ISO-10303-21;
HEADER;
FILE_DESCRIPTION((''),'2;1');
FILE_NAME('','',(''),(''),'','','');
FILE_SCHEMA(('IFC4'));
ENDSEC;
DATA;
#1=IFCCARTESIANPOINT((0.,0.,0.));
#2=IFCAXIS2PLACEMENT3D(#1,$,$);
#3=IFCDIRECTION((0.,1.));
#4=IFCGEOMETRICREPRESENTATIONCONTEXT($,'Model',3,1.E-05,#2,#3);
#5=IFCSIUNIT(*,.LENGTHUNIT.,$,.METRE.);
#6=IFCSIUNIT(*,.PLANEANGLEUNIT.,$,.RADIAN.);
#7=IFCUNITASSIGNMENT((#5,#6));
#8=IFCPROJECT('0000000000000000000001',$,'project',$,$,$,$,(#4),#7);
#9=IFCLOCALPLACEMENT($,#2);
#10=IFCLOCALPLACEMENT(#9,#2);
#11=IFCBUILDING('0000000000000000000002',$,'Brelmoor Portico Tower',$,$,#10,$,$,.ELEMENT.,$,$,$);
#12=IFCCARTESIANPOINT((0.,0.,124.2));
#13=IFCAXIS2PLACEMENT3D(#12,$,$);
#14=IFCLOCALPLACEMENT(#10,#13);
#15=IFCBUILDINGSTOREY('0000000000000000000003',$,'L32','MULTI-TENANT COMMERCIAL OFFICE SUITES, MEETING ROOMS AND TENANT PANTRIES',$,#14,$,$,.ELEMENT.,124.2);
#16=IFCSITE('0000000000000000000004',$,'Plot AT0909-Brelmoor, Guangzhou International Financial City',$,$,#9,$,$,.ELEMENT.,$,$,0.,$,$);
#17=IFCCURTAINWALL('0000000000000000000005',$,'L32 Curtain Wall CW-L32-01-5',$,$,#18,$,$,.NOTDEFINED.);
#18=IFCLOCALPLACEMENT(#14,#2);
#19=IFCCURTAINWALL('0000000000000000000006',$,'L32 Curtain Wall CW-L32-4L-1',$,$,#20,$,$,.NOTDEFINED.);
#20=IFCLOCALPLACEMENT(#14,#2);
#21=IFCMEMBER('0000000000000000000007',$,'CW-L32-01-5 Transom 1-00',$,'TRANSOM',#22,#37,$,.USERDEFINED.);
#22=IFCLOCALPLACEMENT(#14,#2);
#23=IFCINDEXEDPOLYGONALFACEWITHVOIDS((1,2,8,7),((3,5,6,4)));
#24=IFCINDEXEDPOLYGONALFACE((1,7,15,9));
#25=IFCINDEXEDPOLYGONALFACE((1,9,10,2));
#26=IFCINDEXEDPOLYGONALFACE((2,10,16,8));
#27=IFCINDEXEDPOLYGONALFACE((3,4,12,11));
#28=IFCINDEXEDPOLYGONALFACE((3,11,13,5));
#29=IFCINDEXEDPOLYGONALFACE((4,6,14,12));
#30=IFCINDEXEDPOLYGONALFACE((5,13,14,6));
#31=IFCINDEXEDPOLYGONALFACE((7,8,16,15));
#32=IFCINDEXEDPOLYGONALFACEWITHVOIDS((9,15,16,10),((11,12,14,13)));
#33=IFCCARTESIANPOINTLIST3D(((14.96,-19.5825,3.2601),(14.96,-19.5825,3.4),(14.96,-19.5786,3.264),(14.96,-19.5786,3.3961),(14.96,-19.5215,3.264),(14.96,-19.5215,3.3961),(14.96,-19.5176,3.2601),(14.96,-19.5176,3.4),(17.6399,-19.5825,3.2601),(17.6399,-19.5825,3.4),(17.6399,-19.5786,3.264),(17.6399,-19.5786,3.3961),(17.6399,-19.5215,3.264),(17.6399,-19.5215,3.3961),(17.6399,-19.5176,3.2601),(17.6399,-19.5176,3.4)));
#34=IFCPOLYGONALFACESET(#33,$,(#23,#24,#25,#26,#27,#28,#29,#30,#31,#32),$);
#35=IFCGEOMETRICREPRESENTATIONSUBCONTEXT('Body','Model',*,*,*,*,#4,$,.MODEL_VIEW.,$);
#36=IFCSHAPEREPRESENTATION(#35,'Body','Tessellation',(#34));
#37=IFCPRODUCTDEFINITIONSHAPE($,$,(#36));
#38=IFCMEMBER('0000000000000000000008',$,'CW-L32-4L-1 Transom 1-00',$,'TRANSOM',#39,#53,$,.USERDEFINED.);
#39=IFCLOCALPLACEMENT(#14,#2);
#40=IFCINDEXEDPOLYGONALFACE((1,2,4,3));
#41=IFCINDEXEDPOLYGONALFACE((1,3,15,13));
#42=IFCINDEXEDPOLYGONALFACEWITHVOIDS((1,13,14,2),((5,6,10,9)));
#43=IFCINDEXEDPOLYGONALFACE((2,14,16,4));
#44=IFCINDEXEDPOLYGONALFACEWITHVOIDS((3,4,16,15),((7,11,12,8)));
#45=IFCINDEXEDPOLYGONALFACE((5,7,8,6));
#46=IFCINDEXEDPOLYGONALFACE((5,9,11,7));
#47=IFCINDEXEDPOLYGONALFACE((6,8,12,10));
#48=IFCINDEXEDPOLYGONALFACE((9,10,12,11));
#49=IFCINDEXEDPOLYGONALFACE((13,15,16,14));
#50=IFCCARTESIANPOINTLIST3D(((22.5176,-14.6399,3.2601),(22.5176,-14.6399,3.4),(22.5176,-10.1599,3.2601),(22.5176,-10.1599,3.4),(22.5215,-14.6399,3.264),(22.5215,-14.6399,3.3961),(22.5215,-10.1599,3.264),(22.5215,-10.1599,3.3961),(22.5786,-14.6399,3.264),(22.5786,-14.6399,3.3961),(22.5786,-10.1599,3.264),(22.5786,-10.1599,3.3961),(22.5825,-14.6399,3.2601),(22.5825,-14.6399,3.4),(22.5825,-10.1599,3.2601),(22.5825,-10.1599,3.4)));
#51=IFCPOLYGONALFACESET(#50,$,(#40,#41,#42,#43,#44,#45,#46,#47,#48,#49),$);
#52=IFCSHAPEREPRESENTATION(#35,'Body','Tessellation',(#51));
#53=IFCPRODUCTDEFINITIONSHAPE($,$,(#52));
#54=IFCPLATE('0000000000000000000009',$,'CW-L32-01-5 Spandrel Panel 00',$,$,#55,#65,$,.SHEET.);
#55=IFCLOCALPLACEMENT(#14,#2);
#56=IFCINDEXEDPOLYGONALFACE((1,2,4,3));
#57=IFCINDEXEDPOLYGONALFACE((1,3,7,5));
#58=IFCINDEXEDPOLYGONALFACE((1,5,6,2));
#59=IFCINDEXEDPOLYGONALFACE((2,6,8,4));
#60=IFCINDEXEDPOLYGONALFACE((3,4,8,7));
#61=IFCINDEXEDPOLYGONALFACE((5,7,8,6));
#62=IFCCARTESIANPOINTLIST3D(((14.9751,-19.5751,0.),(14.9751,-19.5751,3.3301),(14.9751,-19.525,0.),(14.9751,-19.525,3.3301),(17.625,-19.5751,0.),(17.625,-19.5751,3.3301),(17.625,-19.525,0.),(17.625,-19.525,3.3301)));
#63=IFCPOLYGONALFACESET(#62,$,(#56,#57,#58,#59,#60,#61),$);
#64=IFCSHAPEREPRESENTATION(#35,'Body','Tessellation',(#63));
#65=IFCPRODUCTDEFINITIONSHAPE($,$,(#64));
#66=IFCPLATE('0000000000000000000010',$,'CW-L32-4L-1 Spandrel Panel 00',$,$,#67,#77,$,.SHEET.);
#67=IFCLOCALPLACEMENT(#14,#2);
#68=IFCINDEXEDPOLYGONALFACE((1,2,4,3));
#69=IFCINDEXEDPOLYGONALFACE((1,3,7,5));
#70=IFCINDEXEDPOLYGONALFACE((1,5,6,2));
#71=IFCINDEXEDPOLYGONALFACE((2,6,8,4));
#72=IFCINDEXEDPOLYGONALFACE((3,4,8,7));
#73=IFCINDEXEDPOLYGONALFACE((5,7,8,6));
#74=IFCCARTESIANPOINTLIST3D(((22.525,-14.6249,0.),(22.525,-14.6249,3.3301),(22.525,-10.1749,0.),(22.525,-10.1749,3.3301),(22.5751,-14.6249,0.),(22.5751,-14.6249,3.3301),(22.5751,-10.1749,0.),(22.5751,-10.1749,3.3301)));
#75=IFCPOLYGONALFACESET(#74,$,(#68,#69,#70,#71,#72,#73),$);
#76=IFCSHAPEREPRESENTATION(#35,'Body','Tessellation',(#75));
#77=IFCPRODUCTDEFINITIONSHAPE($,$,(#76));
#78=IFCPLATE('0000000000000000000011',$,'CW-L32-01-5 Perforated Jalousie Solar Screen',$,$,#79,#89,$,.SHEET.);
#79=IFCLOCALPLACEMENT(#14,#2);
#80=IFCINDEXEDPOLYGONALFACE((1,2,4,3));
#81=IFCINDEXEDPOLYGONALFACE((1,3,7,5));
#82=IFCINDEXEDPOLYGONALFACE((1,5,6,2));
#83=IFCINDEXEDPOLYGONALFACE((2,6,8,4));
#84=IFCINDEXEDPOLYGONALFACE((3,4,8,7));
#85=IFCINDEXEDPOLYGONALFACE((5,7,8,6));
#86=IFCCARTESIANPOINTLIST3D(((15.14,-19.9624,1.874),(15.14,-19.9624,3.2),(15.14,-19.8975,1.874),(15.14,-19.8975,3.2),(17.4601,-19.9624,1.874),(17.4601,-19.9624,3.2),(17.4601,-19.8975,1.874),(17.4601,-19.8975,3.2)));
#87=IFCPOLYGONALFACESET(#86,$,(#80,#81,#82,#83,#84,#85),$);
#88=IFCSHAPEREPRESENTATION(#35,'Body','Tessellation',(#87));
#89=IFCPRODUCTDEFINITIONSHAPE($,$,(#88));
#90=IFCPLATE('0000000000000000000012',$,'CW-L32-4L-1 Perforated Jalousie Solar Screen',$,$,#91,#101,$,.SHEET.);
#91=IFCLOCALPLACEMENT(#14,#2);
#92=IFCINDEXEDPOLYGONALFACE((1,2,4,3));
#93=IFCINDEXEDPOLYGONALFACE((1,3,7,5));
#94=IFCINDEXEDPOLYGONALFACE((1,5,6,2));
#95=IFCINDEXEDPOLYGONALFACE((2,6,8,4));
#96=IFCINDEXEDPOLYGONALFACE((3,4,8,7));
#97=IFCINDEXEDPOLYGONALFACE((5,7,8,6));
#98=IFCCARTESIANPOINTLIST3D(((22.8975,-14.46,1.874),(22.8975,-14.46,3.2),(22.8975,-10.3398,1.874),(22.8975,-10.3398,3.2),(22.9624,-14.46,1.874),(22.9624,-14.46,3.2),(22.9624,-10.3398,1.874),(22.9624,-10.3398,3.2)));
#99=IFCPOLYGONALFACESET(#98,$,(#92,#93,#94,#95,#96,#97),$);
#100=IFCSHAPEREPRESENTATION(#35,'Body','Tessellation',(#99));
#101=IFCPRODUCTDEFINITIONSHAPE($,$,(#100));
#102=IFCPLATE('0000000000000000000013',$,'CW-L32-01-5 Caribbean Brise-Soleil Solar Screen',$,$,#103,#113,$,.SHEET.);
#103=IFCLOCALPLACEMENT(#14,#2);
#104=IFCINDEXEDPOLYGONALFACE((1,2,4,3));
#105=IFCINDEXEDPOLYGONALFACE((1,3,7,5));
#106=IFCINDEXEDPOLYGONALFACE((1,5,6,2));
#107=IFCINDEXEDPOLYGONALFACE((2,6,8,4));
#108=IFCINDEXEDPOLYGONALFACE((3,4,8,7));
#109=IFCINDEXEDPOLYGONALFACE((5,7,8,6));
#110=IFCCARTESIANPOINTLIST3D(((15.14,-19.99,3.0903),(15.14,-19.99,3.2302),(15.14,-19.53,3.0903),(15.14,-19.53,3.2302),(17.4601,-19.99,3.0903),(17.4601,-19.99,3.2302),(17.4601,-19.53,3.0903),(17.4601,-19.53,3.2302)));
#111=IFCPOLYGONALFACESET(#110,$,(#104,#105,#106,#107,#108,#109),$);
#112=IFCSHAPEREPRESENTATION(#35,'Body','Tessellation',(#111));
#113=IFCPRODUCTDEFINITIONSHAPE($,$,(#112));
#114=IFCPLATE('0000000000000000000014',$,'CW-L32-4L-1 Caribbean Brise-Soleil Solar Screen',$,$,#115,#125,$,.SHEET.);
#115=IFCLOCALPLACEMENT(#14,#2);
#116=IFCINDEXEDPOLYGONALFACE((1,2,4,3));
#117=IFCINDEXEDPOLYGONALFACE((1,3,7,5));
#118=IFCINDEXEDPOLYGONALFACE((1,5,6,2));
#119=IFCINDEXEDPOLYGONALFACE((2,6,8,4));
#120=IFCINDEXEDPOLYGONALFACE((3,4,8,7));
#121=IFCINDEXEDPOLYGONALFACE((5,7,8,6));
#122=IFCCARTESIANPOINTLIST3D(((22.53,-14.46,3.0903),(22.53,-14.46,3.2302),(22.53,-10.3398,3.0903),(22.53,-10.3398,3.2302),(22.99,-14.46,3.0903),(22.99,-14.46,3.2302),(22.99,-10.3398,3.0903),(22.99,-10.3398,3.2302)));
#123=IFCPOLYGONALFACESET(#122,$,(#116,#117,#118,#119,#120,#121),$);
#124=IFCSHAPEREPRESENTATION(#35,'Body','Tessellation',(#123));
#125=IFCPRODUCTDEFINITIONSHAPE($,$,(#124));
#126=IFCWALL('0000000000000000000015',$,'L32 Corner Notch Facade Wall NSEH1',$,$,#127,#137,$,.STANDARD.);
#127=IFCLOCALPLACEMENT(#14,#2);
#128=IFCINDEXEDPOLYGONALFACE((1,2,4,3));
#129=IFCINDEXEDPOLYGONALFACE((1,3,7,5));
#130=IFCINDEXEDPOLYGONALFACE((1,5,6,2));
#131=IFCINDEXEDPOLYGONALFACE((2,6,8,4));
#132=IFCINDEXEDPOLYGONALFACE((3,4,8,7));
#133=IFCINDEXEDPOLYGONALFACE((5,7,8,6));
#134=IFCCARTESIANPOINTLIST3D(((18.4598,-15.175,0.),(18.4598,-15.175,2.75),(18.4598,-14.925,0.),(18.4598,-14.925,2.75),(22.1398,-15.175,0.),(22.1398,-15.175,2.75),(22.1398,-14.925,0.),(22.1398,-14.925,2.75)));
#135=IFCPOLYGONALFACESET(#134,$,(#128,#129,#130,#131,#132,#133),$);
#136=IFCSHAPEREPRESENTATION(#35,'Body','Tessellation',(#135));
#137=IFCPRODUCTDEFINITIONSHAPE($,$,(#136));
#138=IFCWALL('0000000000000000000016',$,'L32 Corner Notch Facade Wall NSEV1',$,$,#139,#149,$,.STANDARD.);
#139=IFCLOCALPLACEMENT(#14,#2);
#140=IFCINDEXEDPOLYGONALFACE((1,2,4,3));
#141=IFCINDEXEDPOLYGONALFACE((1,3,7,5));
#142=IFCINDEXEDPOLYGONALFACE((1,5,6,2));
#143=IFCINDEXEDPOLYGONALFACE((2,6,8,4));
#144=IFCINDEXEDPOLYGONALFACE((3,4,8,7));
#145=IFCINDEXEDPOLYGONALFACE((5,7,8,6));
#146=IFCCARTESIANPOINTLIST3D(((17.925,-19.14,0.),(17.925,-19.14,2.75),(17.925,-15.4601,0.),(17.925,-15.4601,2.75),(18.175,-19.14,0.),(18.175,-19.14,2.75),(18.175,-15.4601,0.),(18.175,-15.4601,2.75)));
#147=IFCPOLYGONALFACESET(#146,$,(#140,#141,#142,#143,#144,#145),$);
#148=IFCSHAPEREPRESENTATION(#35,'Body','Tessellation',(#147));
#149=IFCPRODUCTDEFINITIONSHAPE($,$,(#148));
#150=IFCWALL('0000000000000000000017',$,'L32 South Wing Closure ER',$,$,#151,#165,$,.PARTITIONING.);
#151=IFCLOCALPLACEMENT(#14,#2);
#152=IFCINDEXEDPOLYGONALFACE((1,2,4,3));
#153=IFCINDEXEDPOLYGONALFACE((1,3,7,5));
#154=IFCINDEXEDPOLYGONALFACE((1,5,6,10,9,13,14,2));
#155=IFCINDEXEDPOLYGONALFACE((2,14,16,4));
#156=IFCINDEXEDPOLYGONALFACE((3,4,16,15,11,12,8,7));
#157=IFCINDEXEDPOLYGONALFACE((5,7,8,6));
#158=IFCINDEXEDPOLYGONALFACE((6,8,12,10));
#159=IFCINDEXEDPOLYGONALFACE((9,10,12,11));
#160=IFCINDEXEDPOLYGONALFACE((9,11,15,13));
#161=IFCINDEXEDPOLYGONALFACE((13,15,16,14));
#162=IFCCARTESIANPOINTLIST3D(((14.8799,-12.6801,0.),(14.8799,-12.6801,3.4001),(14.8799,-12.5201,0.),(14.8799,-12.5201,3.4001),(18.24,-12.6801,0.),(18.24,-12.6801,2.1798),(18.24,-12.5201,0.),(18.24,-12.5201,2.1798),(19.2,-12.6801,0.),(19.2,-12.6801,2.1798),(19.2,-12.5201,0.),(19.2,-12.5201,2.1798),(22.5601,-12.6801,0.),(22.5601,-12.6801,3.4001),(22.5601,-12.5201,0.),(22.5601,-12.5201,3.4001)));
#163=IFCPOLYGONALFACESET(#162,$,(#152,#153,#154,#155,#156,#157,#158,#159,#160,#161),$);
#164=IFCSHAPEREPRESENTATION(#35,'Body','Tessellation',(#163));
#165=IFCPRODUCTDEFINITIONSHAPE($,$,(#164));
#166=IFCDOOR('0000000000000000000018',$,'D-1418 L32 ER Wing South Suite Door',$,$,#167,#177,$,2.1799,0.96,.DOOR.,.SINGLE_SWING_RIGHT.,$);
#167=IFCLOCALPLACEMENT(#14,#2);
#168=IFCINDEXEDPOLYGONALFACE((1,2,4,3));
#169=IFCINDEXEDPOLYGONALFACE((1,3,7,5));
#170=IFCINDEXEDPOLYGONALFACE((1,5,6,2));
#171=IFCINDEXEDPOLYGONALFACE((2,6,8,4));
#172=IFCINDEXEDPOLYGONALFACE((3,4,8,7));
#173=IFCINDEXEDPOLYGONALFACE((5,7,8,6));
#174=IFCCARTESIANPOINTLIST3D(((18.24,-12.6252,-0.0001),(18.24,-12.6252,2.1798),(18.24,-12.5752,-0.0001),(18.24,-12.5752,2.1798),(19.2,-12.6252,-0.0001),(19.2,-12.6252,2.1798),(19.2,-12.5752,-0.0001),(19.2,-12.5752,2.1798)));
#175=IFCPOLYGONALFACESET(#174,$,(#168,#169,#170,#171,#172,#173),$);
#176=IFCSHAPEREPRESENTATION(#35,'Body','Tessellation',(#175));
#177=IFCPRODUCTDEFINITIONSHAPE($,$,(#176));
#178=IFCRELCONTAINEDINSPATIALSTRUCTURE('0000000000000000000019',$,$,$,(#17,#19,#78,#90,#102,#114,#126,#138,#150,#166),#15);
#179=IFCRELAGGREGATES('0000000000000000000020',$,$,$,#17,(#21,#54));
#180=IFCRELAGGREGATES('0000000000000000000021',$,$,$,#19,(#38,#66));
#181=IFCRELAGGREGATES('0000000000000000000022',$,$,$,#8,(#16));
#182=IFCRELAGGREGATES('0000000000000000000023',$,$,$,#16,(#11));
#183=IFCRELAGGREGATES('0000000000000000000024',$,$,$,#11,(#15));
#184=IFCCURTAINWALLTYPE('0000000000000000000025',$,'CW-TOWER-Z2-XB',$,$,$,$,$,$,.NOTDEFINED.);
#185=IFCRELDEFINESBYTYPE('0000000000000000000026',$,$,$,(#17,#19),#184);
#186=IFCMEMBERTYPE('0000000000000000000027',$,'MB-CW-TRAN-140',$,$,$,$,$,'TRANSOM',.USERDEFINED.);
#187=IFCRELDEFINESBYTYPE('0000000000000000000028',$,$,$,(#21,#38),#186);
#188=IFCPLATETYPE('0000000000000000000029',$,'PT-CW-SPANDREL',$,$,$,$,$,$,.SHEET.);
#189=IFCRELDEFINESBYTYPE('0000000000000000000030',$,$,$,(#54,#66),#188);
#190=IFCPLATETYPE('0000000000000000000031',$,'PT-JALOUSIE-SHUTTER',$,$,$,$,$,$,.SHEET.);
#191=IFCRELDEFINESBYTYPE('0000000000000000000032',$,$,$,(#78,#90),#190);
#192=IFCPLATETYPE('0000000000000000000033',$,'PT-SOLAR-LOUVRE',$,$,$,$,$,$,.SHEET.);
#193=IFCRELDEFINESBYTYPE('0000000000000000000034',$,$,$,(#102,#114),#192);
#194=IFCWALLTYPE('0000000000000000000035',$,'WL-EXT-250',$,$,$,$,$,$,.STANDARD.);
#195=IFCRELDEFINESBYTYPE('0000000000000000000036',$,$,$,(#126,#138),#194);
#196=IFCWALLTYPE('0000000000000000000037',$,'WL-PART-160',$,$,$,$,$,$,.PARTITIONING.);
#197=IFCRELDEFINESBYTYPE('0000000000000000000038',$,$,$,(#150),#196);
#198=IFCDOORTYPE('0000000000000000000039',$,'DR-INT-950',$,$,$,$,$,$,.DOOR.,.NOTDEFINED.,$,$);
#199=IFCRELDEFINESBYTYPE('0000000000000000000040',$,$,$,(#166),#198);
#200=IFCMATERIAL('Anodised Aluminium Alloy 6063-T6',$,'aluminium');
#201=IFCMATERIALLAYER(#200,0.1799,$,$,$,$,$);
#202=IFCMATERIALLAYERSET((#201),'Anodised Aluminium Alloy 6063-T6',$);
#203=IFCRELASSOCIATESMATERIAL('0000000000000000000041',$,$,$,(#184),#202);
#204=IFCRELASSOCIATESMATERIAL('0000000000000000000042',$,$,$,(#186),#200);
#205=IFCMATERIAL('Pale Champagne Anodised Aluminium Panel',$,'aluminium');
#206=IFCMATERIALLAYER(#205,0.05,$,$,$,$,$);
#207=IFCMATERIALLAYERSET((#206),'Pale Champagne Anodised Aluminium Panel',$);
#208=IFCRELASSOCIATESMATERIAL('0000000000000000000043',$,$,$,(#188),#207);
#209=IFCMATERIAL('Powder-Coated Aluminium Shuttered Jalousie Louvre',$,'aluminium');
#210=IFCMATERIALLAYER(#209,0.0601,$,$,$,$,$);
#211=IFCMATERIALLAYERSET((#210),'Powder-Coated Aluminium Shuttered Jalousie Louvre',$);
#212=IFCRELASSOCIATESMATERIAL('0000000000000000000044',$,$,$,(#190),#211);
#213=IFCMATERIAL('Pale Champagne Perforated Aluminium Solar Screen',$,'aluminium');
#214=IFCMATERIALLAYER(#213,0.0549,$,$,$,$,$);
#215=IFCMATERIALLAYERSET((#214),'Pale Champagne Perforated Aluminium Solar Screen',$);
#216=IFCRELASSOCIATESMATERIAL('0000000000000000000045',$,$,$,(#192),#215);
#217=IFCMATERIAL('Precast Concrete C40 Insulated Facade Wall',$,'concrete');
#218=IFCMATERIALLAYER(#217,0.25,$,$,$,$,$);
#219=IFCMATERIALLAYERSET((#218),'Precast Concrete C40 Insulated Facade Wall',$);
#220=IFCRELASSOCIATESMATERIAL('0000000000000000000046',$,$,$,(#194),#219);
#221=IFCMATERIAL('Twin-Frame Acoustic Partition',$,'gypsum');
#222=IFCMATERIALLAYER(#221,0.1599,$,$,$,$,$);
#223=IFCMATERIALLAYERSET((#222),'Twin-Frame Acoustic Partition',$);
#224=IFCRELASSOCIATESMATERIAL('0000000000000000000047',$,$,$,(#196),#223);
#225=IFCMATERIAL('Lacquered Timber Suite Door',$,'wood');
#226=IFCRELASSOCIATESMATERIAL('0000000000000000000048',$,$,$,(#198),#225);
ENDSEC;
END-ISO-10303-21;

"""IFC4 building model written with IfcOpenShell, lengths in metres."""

from ifc_helpers import new_model, si_unit, direction, frame, frame_2d, origin, origin_2d, place, context, subcontext, project, spatial, rectangle, hollow_rectangle, extrude, material, layer, layer_set, material_profile, profile_set, type_object, element, fill, aggregate, save


model = new_model("IFC4")

# Units and contexts
model_context = context("Model", 3, precision=1e-05, world=origin(), true_north=direction((0.0, 1.0)))
body_context = subcontext(model_context, "Body", "Model", "MODEL_VIEW")
ifc_project = project(units=[si_unit("LENGTHUNIT", "METRE"), si_unit("PLANEANGLEUNIT", "RADIAN")], contexts=[model_context])

# Site, building, storey
site_placement = place(None, origin())
site = spatial("IfcSite", under=ifc_project, at=site_placement, Name="Plot AT0909-Brelmoor, Guangzhou International Financial City", CompositionType="ELEMENT", RefElevation=0.0)
building_placement = place(site_placement, origin())
building = spatial("IfcBuilding", under=site, at=building_placement, Name="Brelmoor Portico Tower", CompositionType="ELEMENT")
storey_placement = place(building_placement, frame((0.0, 0.0, 124.2)))
storey = spatial("IfcBuildingStorey", under=building, at=storey_placement, Name="L32", Description="MULTI-TENANT COMMERCIAL OFFICE SUITES, MEETING ROOMS AND TENANT PANTRIES", CompositionType="ELEMENT", Elevation=124.2)

# Curtain walls
ifc_material_1 = material(Name="Anodised Aluminium Alloy 6063-T6", Category="aluminium")
ifc_layer_1 = layer(ifc_material_1, 0.1799)
ifc_layer_set_1 = layer_set([ifc_layer_1], Name="Anodised Aluminium Alloy 6063-T6")
curtain_wall_type = type_object("IfcCurtainWallType", Name="CW-TOWER-Z2-XB", PredefinedType="NOTDEFINED", material=ifc_layer_set_1)
curtain_wall_1_placement = place(storey_placement, origin())
curtain_wall_1 = element("IfcCurtainWall", 1, at=curtain_wall_1_placement, inside=storey, type_object=curtain_wall_type, Name="L32 Curtain Wall CW-L32-01-5", PredefinedType="NOTDEFINED")
curtain_wall_2_placement = place(storey_placement, origin())
curtain_wall_2 = element("IfcCurtainWall", 2, at=curtain_wall_2_placement, inside=storey, type_object=curtain_wall_type, Name="L32 Curtain Wall CW-L32-4L-1", PredefinedType="NOTDEFINED")

# Members
ifc_material_profile_1 = material_profile(ifc_material_1, hollow_rectangle(XDim=0.0649, YDim=0.1399, WallThickness=0.0039, at=origin_2d()), Name="ALU TRANSOM 65x140")
ifc_profile_set_1 = profile_set([ifc_material_profile_1], Name="Anodised Aluminium Alloy 6063-T6")
member_type_1 = type_object("IfcMemberType", Name="MB-CW-TRAN-140", ElementType="TRANSOM", PredefinedType="USERDEFINED", material=ifc_profile_set_1)
member_1_placement = place(storey_placement, frame((14.96, -19.55, 3.3301), z_axis=(1.0, 0.0, 0.0), x_axis=(0.0, 1.0, 0.0)))
member_1 = element("IfcMember", 3, at=member_1_placement, type_object=member_type_1, Name="CW-L32-01-5 Transom 1-00", ObjectType="TRANSOM", PredefinedType="USERDEFINED", context=body_context, shape_type="SweptSolid", body=[
    extrude(hollow_rectangle(XDim=0.0649, YDim=0.1399, WallThickness=0.0039, at=origin_2d()), origin(), (0.0, 0.0, 1.0), 2.6799),
])
member_2_placement = place(storey_placement, frame((22.55, -14.6399, 3.3301), z_axis=(0.0, 1.0, 0.0), x_axis=(-1.0, 0.0, 0.0)))
member_2 = element("IfcMember", 4, at=member_2_placement, type_object=member_type_1, Name="CW-L32-4L-1 Transom 1-00", ObjectType="TRANSOM", PredefinedType="USERDEFINED", context=body_context, shape_type="SweptSolid", body=[
    extrude(hollow_rectangle(XDim=0.0649, YDim=0.1399, WallThickness=0.0039, at=origin_2d()), origin(), (0.0, 0.0, 1.0), 4.48),
])

# Plates
ifc_material_2 = material(Name="Pale Champagne Anodised Aluminium Panel", Category="aluminium")
ifc_layer_2 = layer(ifc_material_2, 0.05)
ifc_layer_set_2 = layer_set([ifc_layer_2], Name="Pale Champagne Anodised Aluminium Panel")
plate_type_1 = type_object("IfcPlateType", Name="PT-CW-SPANDREL", PredefinedType="SHEET", material=ifc_layer_set_2)
plate_1_placement = place(storey_placement, frame((16.3, -19.55, 0.0), z_axis=(0.0, 0.0, 1.0), x_axis=(1.0, 0.0, 0.0)))
plate_1 = element("IfcPlate", 5, at=plate_1_placement, type_object=plate_type_1, Name="CW-L32-01-5 Spandrel Panel 00", PredefinedType="SHEET", context=body_context, shape_type="SweptSolid", body=[
    extrude(rectangle(XDim=2.6499, YDim=0.05, at=origin_2d()), origin(), (0.0, 0.0, 1.0), 3.3301),
])
aggregate(curtain_wall_1, [member_1, plate_1])
plate_2_placement = place(storey_placement, frame((22.55, -12.3999, 0.0), z_axis=(0.0, 0.0, 1.0), x_axis=(0.0, 1.0, 0.0)))
plate_2 = element("IfcPlate", 6, at=plate_2_placement, type_object=plate_type_1, Name="CW-L32-4L-1 Spandrel Panel 00", PredefinedType="SHEET", context=body_context, shape_type="SweptSolid", body=[
    extrude(rectangle(XDim=4.45, YDim=0.05, at=origin_2d()), origin(), (0.0, 0.0, 1.0), 3.3301),
])
aggregate(curtain_wall_2, [member_2, plate_2])

# Plates
ifc_material_3 = material(Name="Powder-Coated Aluminium Shuttered Jalousie Louvre", Category="aluminium")
ifc_layer_3 = layer(ifc_material_3, 0.0601)
ifc_layer_set_3 = layer_set([ifc_layer_3], Name="Powder-Coated Aluminium Shuttered Jalousie Louvre")
plate_type_2 = type_object("IfcPlateType", Name="PT-JALOUSIE-SHUTTER", PredefinedType="SHEET", material=ifc_layer_set_3)
plate_3_placement = place(storey_placement, frame((16.3, -19.9299, 1.874), z_axis=(0.0, 0.0, 1.0), x_axis=(1.0, 0.0, 0.0)))
element("IfcPlate", 7, at=plate_3_placement, inside=storey, type_object=plate_type_2, Name="CW-L32-01-5 Perforated Jalousie Solar Screen", PredefinedType="SHEET", context=body_context, shape_type="SweptSolid", body=[
    extrude(rectangle(XDim=2.3201, YDim=0.0649, at=origin_2d()), origin(), (0.0, 0.0, 1.0), 1.3259),
])
plate_4_placement = place(storey_placement, frame((22.9299, -12.3999, 1.874), z_axis=(0.0, 0.0, 1.0), x_axis=(0.0, 1.0, 0.0)))
element("IfcPlate", 8, at=plate_4_placement, inside=storey, type_object=plate_type_2, Name="CW-L32-4L-1 Perforated Jalousie Solar Screen", PredefinedType="SHEET", context=body_context, shape_type="SweptSolid", body=[
    extrude(rectangle(XDim=4.1201, YDim=0.0649, at=origin_2d()), origin(), (0.0, 0.0, 1.0), 1.3259),
])
ifc_material_4 = material(Name="Pale Champagne Perforated Aluminium Solar Screen", Category="aluminium")
ifc_layer_4 = layer(ifc_material_4, 0.0549)
ifc_layer_set_4 = layer_set([ifc_layer_4], Name="Pale Champagne Perforated Aluminium Solar Screen")
plate_type_3 = type_object("IfcPlateType", Name="PT-SOLAR-LOUVRE", PredefinedType="SHEET", material=ifc_layer_set_4)
plate_5_placement = place(storey_placement, frame((16.3, -19.76, 3.0903), z_axis=(0.0, 0.0, 1.0), x_axis=(1.0, 0.0, 0.0)))
element("IfcPlate", 9, at=plate_5_placement, inside=storey, type_object=plate_type_3, Name="CW-L32-01-5 Caribbean Brise-Soleil Solar Screen", PredefinedType="SHEET", context=body_context, shape_type="SweptSolid", body=[
    extrude(rectangle(XDim=2.3201, YDim=0.46, at=origin_2d()), origin(), (0.0, 0.0, 1.0), 0.1399),
])
plate_6_placement = place(storey_placement, frame((22.76, -12.3999, 3.0903), z_axis=(0.0, 0.0, 1.0), x_axis=(0.0, 1.0, 0.0)))
element("IfcPlate", 10, at=plate_6_placement, inside=storey, type_object=plate_type_3, Name="CW-L32-4L-1 Caribbean Brise-Soleil Solar Screen", PredefinedType="SHEET", context=body_context, shape_type="SweptSolid", body=[
    extrude(rectangle(XDim=4.1201, YDim=0.46, at=origin_2d()), origin(), (0.0, 0.0, 1.0), 0.1399),
])

# Walls
ifc_material_5 = material(Name="Precast Concrete C40 Insulated Facade Wall", Category="concrete")
ifc_layer_5 = layer(ifc_material_5, 0.25)
ifc_layer_set_5 = layer_set([ifc_layer_5], Name="Precast Concrete C40 Insulated Facade Wall")
wall_type_1 = type_object("IfcWallType", Name="WL-EXT-250", PredefinedType="STANDARD", material=ifc_layer_set_5)
for number, where, z_axis, x_axis, name in (
    (11, (18.46, -15.05, 0.0), (0.0, 0.0, 1.0), (1.0, 0.0, 0.0), "L32 Corner Notch Facade Wall NSEH1"),
    (12, (18.05, -19.1399, 0.0), (0.0, 0.0, 1.0), (0.0, 1.0, 0.0), "L32 Corner Notch Facade Wall NSEV1"),
):
    element("IfcWall", number, at=place(storey_placement, frame(where, z_axis=z_axis, x_axis=x_axis)), inside=storey, type_object=wall_type_1, Name=name, PredefinedType="STANDARD", context=body_context, shape_type="SweptSolid", body=[
        extrude(rectangle(XDim=3.6799, YDim=0.25, at=frame_2d((1.8398, 0.0))), origin(), (0.0, 0.0, 1.0), 2.75),
    ])

# Wall, opening, door
ifc_material_6 = material(Name="Twin-Frame Acoustic Partition", Category="gypsum")
ifc_layer_6 = layer(ifc_material_6, 0.1599)
ifc_layer_set_6 = layer_set([ifc_layer_6], Name="Twin-Frame Acoustic Partition")
wall_type_2 = type_object("IfcWallType", Name="WL-PART-160", PredefinedType="PARTITIONING", material=ifc_layer_set_6)
wall_placement = place(storey_placement, frame((14.8799, -12.6001, 0.0), z_axis=(0.0, 0.0, 1.0), x_axis=(1.0, 0.0, 0.0)))
wall = element("IfcWall", 13, at=wall_placement, inside=storey, type_object=wall_type_2, Name="L32 South Wing Closure ER", PredefinedType="PARTITIONING", context=body_context, shape_type="SweptSolid", body=[
    extrude(rectangle(XDim=7.6802, YDim=0.1599, at=frame_2d((3.8401, 0.0))), origin(), (0.0, 0.0, 1.0), 3.4001),
])
opening_placement = place(wall_placement, frame((3.3601, 0.0, 0.0)))
opening = element("IfcOpeningElement", 14, at=opening_placement, cuts=wall, PredefinedType="OPENING", context=body_context, shape_type="SweptSolid", body=[
    extrude(rectangle(XDim=0.96, YDim=2.1799, at=frame_2d((0.48, 1.0898))), frame((0.0, 0.0898, 0.0), z_axis=(0.0, -1.0, 0.0), x_axis=(1.0, 0.0, 0.0)), (0.0, 0.0, 1.0), 0.1799),
])
ifc_material_7 = material(Name="Lacquered Timber Suite Door", Category="wood")
door_type = type_object("IfcDoorType", Name="DR-INT-950", OperationType="NOTDEFINED", PredefinedType="DOOR", material=ifc_material_7)
door_placement = place(opening_placement, origin())
door = element("IfcDoor", 15, at=door_placement, inside=storey, type_object=door_type, Name="D-1418 L32 ER Wing South Suite Door", OperationType="SINGLE_SWING_RIGHT", OverallHeight=2.1799, OverallWidth=0.96, PredefinedType="DOOR", context=body_context, shape_type="SweptSolid", body=[
    extrude(rectangle(XDim=0.96, YDim=2.1799, at=frame_2d((0.48, 1.0898))), frame((0.0, 0.0249, 0.0), z_axis=(0.0, -1.0, 0.0), x_axis=(1.0, 0.0, 0.0)), (0.0, 0.0, 1.0), 0.05),
])
fill(opening, door)

save(model, "model.ifc")
